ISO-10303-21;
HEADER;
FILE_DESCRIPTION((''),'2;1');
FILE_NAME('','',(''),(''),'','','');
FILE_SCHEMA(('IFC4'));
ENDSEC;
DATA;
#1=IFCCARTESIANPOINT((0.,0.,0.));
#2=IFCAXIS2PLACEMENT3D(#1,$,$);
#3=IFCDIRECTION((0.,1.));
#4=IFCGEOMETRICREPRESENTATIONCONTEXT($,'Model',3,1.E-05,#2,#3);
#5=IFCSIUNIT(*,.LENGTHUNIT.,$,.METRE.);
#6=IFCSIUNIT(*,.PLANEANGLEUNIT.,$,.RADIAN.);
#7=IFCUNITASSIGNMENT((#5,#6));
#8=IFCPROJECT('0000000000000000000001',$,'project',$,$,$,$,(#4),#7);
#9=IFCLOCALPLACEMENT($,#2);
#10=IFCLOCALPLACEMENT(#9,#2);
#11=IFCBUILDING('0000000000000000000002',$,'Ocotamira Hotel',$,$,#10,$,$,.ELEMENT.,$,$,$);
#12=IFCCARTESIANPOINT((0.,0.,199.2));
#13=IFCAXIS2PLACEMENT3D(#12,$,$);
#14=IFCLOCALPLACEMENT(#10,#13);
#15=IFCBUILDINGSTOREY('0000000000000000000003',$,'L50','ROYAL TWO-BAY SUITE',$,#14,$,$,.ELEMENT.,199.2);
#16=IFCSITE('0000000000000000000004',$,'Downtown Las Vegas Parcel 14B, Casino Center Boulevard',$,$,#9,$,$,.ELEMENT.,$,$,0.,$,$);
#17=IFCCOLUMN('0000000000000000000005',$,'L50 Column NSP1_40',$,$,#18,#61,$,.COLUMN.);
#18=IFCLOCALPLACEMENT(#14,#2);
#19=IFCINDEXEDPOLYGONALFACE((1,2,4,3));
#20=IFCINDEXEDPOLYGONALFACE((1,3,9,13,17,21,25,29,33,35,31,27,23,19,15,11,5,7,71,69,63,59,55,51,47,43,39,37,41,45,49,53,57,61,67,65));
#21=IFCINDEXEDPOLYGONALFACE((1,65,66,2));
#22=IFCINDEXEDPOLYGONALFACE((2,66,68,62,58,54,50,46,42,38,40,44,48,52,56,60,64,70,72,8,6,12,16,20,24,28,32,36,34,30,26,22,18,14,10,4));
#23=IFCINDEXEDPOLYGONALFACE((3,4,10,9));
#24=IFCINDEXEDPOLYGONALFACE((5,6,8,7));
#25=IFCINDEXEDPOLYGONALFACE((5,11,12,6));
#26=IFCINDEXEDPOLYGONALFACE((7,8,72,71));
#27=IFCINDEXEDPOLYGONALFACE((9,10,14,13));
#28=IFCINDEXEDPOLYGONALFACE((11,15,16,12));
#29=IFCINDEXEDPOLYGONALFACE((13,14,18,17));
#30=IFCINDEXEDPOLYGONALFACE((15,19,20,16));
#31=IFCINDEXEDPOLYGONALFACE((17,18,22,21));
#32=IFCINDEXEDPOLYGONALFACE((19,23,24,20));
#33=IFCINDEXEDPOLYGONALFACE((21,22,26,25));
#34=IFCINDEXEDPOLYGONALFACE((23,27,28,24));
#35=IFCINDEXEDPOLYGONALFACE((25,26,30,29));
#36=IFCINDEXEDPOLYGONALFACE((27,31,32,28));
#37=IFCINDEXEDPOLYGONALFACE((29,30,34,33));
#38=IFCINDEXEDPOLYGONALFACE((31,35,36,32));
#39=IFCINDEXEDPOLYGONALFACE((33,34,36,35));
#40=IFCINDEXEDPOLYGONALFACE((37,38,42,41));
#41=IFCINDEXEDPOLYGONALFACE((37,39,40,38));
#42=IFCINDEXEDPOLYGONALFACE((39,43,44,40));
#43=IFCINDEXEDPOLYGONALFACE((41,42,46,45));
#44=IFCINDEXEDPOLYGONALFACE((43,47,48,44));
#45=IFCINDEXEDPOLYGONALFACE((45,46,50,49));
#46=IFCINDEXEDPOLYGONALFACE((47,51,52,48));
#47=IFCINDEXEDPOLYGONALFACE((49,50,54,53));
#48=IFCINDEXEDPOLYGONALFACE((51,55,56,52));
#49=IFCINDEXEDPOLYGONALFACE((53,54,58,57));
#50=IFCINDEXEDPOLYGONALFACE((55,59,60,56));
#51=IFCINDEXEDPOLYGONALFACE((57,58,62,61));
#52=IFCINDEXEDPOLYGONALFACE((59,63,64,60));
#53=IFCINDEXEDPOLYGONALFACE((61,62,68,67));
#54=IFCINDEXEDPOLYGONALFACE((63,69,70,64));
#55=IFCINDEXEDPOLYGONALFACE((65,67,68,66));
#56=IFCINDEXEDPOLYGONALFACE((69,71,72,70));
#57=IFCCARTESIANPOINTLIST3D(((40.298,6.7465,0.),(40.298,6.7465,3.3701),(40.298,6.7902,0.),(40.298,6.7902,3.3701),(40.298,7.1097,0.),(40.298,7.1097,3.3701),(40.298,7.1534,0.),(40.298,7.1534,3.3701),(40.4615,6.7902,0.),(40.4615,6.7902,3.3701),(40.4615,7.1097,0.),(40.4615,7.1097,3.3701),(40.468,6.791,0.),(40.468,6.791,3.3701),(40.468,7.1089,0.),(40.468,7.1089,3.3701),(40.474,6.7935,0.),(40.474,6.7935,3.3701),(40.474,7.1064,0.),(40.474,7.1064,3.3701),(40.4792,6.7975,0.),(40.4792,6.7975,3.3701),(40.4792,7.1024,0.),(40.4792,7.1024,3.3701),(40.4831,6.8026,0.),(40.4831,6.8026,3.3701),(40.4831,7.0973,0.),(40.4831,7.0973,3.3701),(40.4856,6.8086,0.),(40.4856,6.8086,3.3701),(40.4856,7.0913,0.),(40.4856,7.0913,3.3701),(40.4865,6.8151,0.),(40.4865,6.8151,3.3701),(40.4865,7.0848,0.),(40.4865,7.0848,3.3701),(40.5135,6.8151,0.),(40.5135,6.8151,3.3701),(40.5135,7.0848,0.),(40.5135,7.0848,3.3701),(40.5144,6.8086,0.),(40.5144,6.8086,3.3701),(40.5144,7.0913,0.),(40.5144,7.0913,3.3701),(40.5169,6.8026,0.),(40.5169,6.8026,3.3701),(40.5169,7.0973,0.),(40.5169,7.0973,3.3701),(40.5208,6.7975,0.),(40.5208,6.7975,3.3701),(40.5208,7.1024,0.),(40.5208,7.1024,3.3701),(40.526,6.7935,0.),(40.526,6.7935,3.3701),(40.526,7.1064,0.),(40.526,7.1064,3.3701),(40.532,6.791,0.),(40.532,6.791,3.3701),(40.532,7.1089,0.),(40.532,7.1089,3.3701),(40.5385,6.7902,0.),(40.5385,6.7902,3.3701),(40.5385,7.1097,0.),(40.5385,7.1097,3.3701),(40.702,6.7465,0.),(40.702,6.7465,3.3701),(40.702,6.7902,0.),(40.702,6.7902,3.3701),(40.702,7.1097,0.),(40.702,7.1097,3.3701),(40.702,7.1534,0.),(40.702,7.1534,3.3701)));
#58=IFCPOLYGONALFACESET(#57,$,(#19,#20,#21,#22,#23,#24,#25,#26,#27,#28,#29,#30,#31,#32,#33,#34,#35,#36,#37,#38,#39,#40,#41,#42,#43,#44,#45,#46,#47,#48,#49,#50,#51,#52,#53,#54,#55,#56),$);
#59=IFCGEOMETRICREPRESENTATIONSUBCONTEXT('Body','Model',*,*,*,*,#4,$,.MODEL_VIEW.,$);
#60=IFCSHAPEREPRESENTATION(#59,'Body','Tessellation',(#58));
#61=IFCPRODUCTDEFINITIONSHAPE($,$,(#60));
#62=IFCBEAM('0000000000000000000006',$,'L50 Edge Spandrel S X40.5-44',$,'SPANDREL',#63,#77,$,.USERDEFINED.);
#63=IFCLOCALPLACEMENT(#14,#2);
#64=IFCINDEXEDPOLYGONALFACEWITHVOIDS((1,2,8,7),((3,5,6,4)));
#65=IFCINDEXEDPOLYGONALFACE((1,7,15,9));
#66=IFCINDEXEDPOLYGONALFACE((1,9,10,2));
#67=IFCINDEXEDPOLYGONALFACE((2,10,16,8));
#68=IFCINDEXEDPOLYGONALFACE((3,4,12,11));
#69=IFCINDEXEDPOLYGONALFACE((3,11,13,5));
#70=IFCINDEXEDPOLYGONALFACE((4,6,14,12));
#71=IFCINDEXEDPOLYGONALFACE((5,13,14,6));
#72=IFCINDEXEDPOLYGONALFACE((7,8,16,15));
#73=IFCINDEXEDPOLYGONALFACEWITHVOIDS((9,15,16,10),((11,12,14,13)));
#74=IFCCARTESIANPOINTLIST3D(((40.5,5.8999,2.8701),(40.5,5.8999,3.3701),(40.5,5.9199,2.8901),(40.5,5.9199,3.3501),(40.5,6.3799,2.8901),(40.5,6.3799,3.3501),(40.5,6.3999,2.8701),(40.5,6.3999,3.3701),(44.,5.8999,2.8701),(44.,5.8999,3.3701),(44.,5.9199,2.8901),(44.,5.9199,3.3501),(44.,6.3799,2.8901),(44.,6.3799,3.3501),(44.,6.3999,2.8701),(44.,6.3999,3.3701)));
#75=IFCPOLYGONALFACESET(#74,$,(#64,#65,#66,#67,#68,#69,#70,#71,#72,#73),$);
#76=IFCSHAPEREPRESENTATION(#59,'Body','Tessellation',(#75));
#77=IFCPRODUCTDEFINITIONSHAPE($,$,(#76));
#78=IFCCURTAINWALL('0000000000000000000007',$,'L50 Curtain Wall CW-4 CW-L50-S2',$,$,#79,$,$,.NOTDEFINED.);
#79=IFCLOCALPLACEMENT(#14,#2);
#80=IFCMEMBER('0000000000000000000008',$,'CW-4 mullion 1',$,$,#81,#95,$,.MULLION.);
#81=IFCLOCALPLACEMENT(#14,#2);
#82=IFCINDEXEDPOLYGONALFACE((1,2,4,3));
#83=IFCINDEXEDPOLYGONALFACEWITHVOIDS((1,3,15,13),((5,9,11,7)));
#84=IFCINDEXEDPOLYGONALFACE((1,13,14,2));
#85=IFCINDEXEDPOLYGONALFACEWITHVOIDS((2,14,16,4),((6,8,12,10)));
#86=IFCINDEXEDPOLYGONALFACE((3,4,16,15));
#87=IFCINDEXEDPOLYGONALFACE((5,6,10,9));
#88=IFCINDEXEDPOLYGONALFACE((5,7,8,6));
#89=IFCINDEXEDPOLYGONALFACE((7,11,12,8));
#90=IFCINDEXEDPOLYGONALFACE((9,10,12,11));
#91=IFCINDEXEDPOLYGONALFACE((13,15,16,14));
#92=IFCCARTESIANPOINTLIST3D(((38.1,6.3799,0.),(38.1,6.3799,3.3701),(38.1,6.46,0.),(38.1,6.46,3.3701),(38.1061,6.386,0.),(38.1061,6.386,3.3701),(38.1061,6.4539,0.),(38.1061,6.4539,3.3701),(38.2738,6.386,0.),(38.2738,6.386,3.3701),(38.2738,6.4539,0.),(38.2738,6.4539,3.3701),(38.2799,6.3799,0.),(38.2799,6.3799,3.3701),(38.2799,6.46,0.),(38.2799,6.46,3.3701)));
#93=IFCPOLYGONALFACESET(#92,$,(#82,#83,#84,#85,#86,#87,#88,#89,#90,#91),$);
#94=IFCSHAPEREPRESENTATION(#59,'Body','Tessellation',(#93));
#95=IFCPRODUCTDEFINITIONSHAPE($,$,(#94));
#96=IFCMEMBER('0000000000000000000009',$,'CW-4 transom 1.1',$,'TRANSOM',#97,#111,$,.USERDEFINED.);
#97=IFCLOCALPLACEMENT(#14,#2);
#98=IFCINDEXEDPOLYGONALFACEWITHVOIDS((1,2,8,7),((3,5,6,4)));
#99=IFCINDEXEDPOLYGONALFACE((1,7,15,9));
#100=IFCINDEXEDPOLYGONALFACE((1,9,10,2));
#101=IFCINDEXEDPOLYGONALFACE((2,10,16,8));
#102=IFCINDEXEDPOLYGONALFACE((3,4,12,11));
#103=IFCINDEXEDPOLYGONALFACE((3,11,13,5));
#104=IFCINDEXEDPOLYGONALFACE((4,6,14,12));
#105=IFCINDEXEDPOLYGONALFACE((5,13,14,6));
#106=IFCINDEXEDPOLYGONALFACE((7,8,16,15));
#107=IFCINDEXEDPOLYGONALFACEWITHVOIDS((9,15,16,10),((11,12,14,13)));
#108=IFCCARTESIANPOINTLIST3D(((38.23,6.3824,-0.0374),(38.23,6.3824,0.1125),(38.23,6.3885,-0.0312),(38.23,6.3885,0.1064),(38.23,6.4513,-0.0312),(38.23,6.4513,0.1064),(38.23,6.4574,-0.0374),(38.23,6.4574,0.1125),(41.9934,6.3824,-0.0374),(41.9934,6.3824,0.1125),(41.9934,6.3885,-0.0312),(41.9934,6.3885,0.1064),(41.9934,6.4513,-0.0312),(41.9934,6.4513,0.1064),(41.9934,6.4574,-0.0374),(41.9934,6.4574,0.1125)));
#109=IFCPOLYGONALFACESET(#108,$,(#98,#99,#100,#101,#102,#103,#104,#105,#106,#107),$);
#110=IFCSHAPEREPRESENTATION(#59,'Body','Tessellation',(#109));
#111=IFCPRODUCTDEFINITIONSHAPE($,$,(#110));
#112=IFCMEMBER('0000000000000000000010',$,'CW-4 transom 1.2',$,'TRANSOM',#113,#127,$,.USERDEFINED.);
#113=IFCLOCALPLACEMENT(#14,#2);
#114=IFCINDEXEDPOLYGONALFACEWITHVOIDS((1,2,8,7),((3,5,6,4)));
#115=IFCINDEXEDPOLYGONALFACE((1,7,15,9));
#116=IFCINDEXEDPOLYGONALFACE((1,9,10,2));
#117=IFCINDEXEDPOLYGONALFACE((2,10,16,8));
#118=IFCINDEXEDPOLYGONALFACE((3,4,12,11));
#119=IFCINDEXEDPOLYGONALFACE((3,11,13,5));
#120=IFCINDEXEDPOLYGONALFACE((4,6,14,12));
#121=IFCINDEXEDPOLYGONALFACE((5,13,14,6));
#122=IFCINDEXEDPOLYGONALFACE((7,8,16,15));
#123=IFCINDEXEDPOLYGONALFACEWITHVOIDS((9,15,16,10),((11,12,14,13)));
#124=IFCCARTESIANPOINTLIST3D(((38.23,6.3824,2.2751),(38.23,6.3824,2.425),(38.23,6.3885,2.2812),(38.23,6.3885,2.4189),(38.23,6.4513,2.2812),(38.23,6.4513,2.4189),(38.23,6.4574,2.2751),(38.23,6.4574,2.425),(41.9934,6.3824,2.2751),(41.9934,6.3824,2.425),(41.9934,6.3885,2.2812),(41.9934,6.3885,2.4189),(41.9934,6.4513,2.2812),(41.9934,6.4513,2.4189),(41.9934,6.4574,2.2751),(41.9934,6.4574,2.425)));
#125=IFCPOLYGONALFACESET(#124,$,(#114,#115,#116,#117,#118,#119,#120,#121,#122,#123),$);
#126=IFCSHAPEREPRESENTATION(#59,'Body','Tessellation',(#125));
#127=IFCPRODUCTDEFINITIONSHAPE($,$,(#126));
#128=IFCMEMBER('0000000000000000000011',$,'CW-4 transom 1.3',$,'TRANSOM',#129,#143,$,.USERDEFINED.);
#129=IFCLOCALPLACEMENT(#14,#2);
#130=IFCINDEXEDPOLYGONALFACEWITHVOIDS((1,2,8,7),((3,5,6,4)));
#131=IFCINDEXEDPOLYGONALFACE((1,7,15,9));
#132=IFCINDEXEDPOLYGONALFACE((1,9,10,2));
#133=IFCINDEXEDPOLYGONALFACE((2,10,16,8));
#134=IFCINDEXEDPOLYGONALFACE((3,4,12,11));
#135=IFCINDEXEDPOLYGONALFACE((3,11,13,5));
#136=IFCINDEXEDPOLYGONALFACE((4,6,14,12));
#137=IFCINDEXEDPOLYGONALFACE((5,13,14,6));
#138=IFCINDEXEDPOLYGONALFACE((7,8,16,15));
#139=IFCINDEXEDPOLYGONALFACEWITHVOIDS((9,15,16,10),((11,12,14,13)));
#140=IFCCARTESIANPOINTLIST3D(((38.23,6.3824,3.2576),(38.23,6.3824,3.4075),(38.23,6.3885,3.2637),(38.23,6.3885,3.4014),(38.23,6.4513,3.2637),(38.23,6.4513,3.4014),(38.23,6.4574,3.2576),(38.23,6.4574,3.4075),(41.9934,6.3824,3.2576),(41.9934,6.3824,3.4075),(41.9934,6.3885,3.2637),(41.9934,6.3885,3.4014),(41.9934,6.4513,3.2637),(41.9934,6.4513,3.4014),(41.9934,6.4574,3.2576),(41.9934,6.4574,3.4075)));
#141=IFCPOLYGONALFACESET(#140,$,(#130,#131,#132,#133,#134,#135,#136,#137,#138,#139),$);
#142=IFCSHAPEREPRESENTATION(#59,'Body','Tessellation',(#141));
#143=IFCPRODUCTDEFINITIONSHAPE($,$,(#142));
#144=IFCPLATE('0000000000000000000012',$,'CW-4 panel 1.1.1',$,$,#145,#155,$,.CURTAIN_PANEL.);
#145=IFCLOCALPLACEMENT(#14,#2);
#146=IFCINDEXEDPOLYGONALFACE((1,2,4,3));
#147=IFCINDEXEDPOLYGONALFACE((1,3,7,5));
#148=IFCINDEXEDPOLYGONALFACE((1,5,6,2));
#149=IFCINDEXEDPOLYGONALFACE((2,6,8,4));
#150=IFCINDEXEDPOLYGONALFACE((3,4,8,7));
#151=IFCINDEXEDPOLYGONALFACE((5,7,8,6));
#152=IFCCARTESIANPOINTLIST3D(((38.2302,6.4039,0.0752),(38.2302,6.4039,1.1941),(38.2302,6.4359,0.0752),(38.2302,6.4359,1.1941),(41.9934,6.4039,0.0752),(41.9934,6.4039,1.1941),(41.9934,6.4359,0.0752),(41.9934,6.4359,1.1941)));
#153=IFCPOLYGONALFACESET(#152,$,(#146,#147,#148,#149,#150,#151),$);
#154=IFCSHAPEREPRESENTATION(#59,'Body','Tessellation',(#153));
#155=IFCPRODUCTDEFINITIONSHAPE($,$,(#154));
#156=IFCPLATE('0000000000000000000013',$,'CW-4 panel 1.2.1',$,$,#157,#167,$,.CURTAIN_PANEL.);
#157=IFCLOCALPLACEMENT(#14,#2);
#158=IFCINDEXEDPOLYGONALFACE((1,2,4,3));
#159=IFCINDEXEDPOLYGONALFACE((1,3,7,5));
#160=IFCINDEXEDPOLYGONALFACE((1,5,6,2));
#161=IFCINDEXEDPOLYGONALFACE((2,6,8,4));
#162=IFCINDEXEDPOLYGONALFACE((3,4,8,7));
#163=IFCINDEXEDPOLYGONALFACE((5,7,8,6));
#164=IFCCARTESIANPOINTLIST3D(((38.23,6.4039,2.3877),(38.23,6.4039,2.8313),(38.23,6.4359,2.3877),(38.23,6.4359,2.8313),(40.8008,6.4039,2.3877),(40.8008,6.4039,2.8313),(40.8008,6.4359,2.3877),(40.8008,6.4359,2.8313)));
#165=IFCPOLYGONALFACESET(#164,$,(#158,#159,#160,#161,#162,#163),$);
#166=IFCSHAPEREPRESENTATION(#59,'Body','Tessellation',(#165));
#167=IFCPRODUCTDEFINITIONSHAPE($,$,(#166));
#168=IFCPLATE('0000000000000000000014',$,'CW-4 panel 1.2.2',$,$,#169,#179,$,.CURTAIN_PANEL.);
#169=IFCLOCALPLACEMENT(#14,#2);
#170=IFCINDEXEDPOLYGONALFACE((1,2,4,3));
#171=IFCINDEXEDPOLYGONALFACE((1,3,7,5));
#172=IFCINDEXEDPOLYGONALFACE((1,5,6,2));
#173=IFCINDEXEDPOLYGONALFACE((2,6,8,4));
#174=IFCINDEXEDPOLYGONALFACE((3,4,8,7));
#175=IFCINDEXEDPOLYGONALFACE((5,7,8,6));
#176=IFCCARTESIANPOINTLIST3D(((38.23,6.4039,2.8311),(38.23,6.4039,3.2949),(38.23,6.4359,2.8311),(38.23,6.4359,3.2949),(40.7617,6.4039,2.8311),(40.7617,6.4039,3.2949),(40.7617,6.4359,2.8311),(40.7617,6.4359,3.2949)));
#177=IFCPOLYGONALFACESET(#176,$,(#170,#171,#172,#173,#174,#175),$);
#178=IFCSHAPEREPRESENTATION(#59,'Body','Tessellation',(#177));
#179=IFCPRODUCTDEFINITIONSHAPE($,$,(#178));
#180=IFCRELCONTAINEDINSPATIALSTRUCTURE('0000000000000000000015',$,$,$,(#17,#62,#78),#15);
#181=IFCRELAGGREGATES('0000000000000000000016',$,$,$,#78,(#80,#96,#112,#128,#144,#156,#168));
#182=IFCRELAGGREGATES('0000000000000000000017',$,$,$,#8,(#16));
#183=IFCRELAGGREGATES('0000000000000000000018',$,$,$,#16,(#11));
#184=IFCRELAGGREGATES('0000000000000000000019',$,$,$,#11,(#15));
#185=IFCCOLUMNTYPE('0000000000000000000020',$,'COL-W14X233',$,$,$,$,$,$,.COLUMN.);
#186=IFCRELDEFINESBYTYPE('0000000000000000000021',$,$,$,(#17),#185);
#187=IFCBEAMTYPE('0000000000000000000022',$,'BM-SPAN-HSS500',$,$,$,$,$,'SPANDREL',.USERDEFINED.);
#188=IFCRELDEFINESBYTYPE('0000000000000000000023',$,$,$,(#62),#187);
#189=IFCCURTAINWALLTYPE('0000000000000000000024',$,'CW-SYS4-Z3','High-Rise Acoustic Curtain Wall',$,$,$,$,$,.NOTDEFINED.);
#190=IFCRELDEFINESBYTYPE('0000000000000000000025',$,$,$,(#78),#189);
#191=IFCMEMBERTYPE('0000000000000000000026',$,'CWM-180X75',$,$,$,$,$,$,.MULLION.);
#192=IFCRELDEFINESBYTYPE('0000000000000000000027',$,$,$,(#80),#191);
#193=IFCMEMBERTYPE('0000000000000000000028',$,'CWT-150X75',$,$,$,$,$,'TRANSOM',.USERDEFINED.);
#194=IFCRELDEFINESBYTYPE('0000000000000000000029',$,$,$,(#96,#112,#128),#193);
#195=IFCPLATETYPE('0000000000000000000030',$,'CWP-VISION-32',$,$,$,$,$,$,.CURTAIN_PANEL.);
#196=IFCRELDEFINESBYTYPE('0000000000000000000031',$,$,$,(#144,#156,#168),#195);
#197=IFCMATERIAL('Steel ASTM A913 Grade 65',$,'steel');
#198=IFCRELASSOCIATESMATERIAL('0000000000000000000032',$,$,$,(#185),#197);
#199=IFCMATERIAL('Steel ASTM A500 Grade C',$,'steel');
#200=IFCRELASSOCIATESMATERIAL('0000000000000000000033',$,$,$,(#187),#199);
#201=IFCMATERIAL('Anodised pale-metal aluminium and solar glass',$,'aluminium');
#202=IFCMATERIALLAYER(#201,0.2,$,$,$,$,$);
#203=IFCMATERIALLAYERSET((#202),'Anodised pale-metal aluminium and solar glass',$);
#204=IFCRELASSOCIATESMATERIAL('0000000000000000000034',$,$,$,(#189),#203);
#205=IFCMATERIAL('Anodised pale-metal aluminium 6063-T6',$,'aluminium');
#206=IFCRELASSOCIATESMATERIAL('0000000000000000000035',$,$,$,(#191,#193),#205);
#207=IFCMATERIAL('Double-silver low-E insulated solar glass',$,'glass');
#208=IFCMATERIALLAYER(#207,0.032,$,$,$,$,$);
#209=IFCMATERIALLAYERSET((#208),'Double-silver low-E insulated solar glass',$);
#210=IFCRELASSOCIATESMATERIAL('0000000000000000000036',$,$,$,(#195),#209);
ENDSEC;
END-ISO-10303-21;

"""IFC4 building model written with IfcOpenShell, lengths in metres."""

from ifc_helpers import new_model, si_unit, direction, frame, origin, origin_2d, place, context, subcontext, project, spatial, rectangle, hollow_rectangle, i_section, extrude, source, transform, mapped, material, layer, layer_set, material_profile, profile_set, type_object, element, aggregate, save


model = new_model("IFC4")

# Units and contexts
model_context = context("Model", 3, precision=1e-05, world=origin(), true_north=direction((0.0, 1.0)))
body_context = subcontext(model_context, "Body", "Model", "MODEL_VIEW")
ifc_project = project(units=[si_unit("LENGTHUNIT", "METRE"), si_unit("PLANEANGLEUNIT", "RADIAN")], contexts=[model_context])

# Site, building, storey
site_placement = place(None, origin())
site = spatial("IfcSite", under=ifc_project, at=site_placement, Name="Downtown Las Vegas Parcel 14B, Casino Center Boulevard", CompositionType="ELEMENT", RefElevation=0.0)
building_placement = place(site_placement, origin())
building = spatial("IfcBuilding", under=site, at=building_placement, Name="Ocotamira Hotel", CompositionType="ELEMENT")
storey_placement = place(building_placement, frame((0.0, 0.0, 199.2)))
storey = spatial("IfcBuildingStorey", under=building, at=storey_placement, Name="L50", Description="ROYAL TWO-BAY SUITE", CompositionType="ELEMENT", Elevation=199.2)

# Column
ifc_material_1 = material(Name="Steel ASTM A913 Grade 65", Category="steel")
ifc_material_profile_1 = material_profile(ifc_material_1, i_section(OverallWidth=0.4041, OverallDepth=0.407, WebThickness=0.0271, FlangeThickness=0.0437, FilletRadius=0.0249, at=origin_2d()), Name="W14X233")
ifc_profile_set_1 = profile_set([ifc_material_profile_1], Name="Steel ASTM A913 Grade 65")
column_type = type_object("IfcColumnType", Name="COL-W14X233", PredefinedType="COLUMN", material=ifc_profile_set_1)
shared_shape_1 = source(origin(), body_context, "Body", "SweptSolid", [
    extrude(i_section(OverallWidth=0.4041, OverallDepth=0.407, WebThickness=0.0271, FlangeThickness=0.0437, FilletRadius=0.0249, at=origin_2d()), origin(), (0.0, 0.0, 1.0), 3.3701),
])
column_placement = place(storey_placement, frame((40.5, 6.95, 0.0), z_axis=(0.0, 0.0, 1.0), x_axis=(1.0, 0.0, 0.0)))
element("IfcColumn", 1, at=column_placement, inside=storey, type_object=column_type, Name="L50 Column NSP1_40", PredefinedType="COLUMN", context=body_context, shape_type="MappedRepresentation", body=[
    mapped(shared_shape_1, transform((0.0, 0.0, 0.0), scale=1.0)),
])

# Beam
ifc_material_2 = material(Name="Steel ASTM A500 Grade C", Category="steel")
ifc_material_profile_2 = material_profile(ifc_material_2, hollow_rectangle(XDim=0.5, YDim=0.5, WallThickness=0.02, at=origin_2d()), Name="HSS500X500X20")
ifc_profile_set_2 = profile_set([ifc_material_profile_2], Name="Steel ASTM A500 Grade C")
beam_type = type_object("IfcBeamType", Name="BM-SPAN-HSS500", ElementType="SPANDREL", PredefinedType="USERDEFINED", material=ifc_profile_set_2)
shared_shape_2 = source(origin(), body_context, "Body", "SweptSolid", [
    extrude(hollow_rectangle(XDim=0.5, YDim=0.5, WallThickness=0.02, at=origin_2d()), origin(), (0.0, 0.0, 1.0), 3.5),
])
beam_placement = place(storey_placement, frame((40.5, 6.1499, 3.1201), z_axis=(1.0, 0.0, 0.0), x_axis=(0.0, 1.0, 0.0)))
element("IfcBeam", 2, at=beam_placement, inside=storey, type_object=beam_type, Name="L50 Edge Spandrel S X40.5-44", ObjectType="SPANDREL", PredefinedType="USERDEFINED", context=body_context, shape_type="MappedRepresentation", body=[
    mapped(shared_shape_2, transform((0.0, 0.0, 0.0), scale=1.0)),
])

# Curtain wall, members, plates
ifc_material_3 = material(Name="Anodised pale-metal aluminium and solar glass", Category="aluminium")
ifc_layer_1 = layer(ifc_material_3, 0.2)
ifc_layer_set_1 = layer_set([ifc_layer_1], Name="Anodised pale-metal aluminium and solar glass")
curtain_wall_type = type_object("IfcCurtainWallType", Name="CW-SYS4-Z3", Description="High-Rise Acoustic Curtain Wall", PredefinedType="NOTDEFINED", material=ifc_layer_set_1)
curtain_wall_placement = place(storey_placement, origin())
curtain_wall = element("IfcCurtainWall", 3, at=curtain_wall_placement, inside=storey, type_object=curtain_wall_type, Name="L50 Curtain Wall CW-4 CW-L50-S2", PredefinedType="NOTDEFINED")
ifc_material_4 = material(Name="Anodised pale-metal aluminium 6063-T6", Category="aluminium")
ifc_material_profile_3 = material_profile(ifc_material_4, hollow_rectangle(XDim=0.0801, YDim=0.1799, WallThickness=0.0061, at=origin_2d()), Name="HSS180X80X6")
ifc_profile_set_3 = profile_set([ifc_material_profile_3], Name="Anodised pale-metal aluminium 6063-T6")
member_type_1 = type_object("IfcMemberType", Name="CWM-180X75", PredefinedType="MULLION", material=ifc_profile_set_3)
shared_shape_3 = source(origin(), body_context, "Body", "SweptSolid", [
    extrude(hollow_rectangle(XDim=0.0801, YDim=0.1799, WallThickness=0.0061, at=origin_2d()), origin(), (0.0, 0.0, 1.0), 3.3701),
])
member_1_placement = place(storey_placement, frame((38.1899, 6.4199, 0.0), z_axis=(0.0, 0.0, 1.0), x_axis=(0.0, 1.0, 0.0)))
member_1 = element("IfcMember", 4, at=member_1_placement, type_object=member_type_1, Name="CW-4 mullion 1", PredefinedType="MULLION", context=body_context, shape_type="MappedRepresentation", body=[
    mapped(shared_shape_3, transform((0.0, 0.0, 0.0), scale=1.0)),
])
ifc_material_profile_4 = material_profile(ifc_material_4, hollow_rectangle(XDim=0.075, YDim=0.1499, WallThickness=0.0061, at=origin_2d()), Name="HSS150X75X6")
ifc_profile_set_4 = profile_set([ifc_material_profile_4], Name="Anodised pale-metal aluminium 6063-T6")
member_type_2 = type_object("IfcMemberType", Name="CWT-150X75", ElementType="TRANSOM", PredefinedType="USERDEFINED", material=ifc_profile_set_4)
shared_shape_4 = source(origin(), body_context, "Body", "SweptSolid", [
    extrude(hollow_rectangle(XDim=0.075, YDim=0.1499, WallThickness=0.0061, at=origin_2d()), origin(), (0.0, 0.0, 1.0), 3.7634),
])
member_2_placement = place(storey_placement, frame((38.23, 6.4199, 0.0376), z_axis=(1.0, 0.0, 0.0), x_axis=(0.0, 1.0, 0.0)))
member_2 = element("IfcMember", 5, at=member_2_placement, type_object=member_type_2, Name="CW-4 transom 1.1", ObjectType="TRANSOM", PredefinedType="USERDEFINED", context=body_context, shape_type="MappedRepresentation", body=[
    mapped(shared_shape_4, transform((0.0, 0.0, 0.0), scale=1.0)),
])
member_3_placement = place(storey_placement, frame((38.23, 6.4199, 2.3501), z_axis=(1.0, 0.0, 0.0), x_axis=(0.0, 1.0, 0.0)))
member_3 = element("IfcMember", 6, at=member_3_placement, type_object=member_type_2, Name="CW-4 transom 1.2", ObjectType="TRANSOM", PredefinedType="USERDEFINED", context=body_context, shape_type="MappedRepresentation", body=[
    mapped(shared_shape_4, transform((0.0, 0.0, 0.0), scale=1.0)),
])
member_4_placement = place(storey_placement, frame((38.23, 6.4199, 3.3325), z_axis=(1.0, 0.0, 0.0), x_axis=(0.0, 1.0, 0.0)))
member_4 = element("IfcMember", 7, at=member_4_placement, type_object=member_type_2, Name="CW-4 transom 1.3", ObjectType="TRANSOM", PredefinedType="USERDEFINED", context=body_context, shape_type="MappedRepresentation", body=[
    mapped(shared_shape_4, transform((0.0, 0.0, 0.0), scale=1.0)),
])
ifc_material_5 = material(Name="Double-silver low-E insulated solar glass", Category="glass")
ifc_layer_2 = layer(ifc_material_5, 0.032)
ifc_layer_set_2 = layer_set([ifc_layer_2], Name="Double-silver low-E insulated solar glass")
plate_type = type_object("IfcPlateType", Name="CWP-VISION-32", PredefinedType="CURTAIN_PANEL", material=ifc_layer_set_2)
shared_shape_5 = source(origin(), body_context, "Body", "SweptSolid", [
    extrude(rectangle(XDim=3.7632, YDim=0.032, at=origin_2d()), origin(), (0.0, 0.0, 1.0), 1.1189),
])
plate_1_placement = place(storey_placement, frame((40.1118, 6.4199, 0.0752), z_axis=(0.0, 0.0, 1.0), x_axis=(1.0, 0.0, 0.0)))
plate_1 = element("IfcPlate", 8, at=plate_1_placement, type_object=plate_type, Name="CW-4 panel 1.1.1", PredefinedType="CURTAIN_PANEL", context=body_context, shape_type="MappedRepresentation", body=[
    mapped(shared_shape_5, transform((0.0, 0.0, 0.0), scale=1.0)),
])
shared_shape_6 = source(origin(), body_context, "Body", "SweptSolid", [
    extrude(rectangle(XDim=2.5708, YDim=0.032, at=origin_2d()), origin(), (0.0, 0.0, 1.0), 0.4436),
])
plate_2_placement = place(storey_placement, frame((39.5154, 6.4199, 2.3877), z_axis=(0.0, 0.0, 1.0), x_axis=(1.0, 0.0, 0.0)))
plate_2 = element("IfcPlate", 9, at=plate_2_placement, type_object=plate_type, Name="CW-4 panel 1.2.1", PredefinedType="CURTAIN_PANEL", context=body_context, shape_type="MappedRepresentation", body=[
    mapped(shared_shape_6, transform((0.0, 0.0, 0.0), scale=1.0)),
])
shared_shape_7 = source(origin(), body_context, "Body", "SweptSolid", [
    extrude(rectangle(XDim=2.5317, YDim=0.032, at=origin_2d()), origin(), (0.0, 0.0, 1.0), 0.4639),
])
plate_3_placement = place(storey_placement, frame((39.4958, 6.4199, 2.8311), z_axis=(0.0, 0.0, 1.0), x_axis=(1.0, 0.0, 0.0)))
plate_3 = element("IfcPlate", 10, at=plate_3_placement, type_object=plate_type, Name="CW-4 panel 1.2.2", PredefinedType="CURTAIN_PANEL", context=body_context, shape_type="MappedRepresentation", body=[
    mapped(shared_shape_7, transform((0.0, 0.0, 0.0), scale=1.0)),
])
aggregate(curtain_wall, [member_1, member_2, member_3, member_4, plate_1, plate_2, plate_3])

save(model, "model.ifc")
